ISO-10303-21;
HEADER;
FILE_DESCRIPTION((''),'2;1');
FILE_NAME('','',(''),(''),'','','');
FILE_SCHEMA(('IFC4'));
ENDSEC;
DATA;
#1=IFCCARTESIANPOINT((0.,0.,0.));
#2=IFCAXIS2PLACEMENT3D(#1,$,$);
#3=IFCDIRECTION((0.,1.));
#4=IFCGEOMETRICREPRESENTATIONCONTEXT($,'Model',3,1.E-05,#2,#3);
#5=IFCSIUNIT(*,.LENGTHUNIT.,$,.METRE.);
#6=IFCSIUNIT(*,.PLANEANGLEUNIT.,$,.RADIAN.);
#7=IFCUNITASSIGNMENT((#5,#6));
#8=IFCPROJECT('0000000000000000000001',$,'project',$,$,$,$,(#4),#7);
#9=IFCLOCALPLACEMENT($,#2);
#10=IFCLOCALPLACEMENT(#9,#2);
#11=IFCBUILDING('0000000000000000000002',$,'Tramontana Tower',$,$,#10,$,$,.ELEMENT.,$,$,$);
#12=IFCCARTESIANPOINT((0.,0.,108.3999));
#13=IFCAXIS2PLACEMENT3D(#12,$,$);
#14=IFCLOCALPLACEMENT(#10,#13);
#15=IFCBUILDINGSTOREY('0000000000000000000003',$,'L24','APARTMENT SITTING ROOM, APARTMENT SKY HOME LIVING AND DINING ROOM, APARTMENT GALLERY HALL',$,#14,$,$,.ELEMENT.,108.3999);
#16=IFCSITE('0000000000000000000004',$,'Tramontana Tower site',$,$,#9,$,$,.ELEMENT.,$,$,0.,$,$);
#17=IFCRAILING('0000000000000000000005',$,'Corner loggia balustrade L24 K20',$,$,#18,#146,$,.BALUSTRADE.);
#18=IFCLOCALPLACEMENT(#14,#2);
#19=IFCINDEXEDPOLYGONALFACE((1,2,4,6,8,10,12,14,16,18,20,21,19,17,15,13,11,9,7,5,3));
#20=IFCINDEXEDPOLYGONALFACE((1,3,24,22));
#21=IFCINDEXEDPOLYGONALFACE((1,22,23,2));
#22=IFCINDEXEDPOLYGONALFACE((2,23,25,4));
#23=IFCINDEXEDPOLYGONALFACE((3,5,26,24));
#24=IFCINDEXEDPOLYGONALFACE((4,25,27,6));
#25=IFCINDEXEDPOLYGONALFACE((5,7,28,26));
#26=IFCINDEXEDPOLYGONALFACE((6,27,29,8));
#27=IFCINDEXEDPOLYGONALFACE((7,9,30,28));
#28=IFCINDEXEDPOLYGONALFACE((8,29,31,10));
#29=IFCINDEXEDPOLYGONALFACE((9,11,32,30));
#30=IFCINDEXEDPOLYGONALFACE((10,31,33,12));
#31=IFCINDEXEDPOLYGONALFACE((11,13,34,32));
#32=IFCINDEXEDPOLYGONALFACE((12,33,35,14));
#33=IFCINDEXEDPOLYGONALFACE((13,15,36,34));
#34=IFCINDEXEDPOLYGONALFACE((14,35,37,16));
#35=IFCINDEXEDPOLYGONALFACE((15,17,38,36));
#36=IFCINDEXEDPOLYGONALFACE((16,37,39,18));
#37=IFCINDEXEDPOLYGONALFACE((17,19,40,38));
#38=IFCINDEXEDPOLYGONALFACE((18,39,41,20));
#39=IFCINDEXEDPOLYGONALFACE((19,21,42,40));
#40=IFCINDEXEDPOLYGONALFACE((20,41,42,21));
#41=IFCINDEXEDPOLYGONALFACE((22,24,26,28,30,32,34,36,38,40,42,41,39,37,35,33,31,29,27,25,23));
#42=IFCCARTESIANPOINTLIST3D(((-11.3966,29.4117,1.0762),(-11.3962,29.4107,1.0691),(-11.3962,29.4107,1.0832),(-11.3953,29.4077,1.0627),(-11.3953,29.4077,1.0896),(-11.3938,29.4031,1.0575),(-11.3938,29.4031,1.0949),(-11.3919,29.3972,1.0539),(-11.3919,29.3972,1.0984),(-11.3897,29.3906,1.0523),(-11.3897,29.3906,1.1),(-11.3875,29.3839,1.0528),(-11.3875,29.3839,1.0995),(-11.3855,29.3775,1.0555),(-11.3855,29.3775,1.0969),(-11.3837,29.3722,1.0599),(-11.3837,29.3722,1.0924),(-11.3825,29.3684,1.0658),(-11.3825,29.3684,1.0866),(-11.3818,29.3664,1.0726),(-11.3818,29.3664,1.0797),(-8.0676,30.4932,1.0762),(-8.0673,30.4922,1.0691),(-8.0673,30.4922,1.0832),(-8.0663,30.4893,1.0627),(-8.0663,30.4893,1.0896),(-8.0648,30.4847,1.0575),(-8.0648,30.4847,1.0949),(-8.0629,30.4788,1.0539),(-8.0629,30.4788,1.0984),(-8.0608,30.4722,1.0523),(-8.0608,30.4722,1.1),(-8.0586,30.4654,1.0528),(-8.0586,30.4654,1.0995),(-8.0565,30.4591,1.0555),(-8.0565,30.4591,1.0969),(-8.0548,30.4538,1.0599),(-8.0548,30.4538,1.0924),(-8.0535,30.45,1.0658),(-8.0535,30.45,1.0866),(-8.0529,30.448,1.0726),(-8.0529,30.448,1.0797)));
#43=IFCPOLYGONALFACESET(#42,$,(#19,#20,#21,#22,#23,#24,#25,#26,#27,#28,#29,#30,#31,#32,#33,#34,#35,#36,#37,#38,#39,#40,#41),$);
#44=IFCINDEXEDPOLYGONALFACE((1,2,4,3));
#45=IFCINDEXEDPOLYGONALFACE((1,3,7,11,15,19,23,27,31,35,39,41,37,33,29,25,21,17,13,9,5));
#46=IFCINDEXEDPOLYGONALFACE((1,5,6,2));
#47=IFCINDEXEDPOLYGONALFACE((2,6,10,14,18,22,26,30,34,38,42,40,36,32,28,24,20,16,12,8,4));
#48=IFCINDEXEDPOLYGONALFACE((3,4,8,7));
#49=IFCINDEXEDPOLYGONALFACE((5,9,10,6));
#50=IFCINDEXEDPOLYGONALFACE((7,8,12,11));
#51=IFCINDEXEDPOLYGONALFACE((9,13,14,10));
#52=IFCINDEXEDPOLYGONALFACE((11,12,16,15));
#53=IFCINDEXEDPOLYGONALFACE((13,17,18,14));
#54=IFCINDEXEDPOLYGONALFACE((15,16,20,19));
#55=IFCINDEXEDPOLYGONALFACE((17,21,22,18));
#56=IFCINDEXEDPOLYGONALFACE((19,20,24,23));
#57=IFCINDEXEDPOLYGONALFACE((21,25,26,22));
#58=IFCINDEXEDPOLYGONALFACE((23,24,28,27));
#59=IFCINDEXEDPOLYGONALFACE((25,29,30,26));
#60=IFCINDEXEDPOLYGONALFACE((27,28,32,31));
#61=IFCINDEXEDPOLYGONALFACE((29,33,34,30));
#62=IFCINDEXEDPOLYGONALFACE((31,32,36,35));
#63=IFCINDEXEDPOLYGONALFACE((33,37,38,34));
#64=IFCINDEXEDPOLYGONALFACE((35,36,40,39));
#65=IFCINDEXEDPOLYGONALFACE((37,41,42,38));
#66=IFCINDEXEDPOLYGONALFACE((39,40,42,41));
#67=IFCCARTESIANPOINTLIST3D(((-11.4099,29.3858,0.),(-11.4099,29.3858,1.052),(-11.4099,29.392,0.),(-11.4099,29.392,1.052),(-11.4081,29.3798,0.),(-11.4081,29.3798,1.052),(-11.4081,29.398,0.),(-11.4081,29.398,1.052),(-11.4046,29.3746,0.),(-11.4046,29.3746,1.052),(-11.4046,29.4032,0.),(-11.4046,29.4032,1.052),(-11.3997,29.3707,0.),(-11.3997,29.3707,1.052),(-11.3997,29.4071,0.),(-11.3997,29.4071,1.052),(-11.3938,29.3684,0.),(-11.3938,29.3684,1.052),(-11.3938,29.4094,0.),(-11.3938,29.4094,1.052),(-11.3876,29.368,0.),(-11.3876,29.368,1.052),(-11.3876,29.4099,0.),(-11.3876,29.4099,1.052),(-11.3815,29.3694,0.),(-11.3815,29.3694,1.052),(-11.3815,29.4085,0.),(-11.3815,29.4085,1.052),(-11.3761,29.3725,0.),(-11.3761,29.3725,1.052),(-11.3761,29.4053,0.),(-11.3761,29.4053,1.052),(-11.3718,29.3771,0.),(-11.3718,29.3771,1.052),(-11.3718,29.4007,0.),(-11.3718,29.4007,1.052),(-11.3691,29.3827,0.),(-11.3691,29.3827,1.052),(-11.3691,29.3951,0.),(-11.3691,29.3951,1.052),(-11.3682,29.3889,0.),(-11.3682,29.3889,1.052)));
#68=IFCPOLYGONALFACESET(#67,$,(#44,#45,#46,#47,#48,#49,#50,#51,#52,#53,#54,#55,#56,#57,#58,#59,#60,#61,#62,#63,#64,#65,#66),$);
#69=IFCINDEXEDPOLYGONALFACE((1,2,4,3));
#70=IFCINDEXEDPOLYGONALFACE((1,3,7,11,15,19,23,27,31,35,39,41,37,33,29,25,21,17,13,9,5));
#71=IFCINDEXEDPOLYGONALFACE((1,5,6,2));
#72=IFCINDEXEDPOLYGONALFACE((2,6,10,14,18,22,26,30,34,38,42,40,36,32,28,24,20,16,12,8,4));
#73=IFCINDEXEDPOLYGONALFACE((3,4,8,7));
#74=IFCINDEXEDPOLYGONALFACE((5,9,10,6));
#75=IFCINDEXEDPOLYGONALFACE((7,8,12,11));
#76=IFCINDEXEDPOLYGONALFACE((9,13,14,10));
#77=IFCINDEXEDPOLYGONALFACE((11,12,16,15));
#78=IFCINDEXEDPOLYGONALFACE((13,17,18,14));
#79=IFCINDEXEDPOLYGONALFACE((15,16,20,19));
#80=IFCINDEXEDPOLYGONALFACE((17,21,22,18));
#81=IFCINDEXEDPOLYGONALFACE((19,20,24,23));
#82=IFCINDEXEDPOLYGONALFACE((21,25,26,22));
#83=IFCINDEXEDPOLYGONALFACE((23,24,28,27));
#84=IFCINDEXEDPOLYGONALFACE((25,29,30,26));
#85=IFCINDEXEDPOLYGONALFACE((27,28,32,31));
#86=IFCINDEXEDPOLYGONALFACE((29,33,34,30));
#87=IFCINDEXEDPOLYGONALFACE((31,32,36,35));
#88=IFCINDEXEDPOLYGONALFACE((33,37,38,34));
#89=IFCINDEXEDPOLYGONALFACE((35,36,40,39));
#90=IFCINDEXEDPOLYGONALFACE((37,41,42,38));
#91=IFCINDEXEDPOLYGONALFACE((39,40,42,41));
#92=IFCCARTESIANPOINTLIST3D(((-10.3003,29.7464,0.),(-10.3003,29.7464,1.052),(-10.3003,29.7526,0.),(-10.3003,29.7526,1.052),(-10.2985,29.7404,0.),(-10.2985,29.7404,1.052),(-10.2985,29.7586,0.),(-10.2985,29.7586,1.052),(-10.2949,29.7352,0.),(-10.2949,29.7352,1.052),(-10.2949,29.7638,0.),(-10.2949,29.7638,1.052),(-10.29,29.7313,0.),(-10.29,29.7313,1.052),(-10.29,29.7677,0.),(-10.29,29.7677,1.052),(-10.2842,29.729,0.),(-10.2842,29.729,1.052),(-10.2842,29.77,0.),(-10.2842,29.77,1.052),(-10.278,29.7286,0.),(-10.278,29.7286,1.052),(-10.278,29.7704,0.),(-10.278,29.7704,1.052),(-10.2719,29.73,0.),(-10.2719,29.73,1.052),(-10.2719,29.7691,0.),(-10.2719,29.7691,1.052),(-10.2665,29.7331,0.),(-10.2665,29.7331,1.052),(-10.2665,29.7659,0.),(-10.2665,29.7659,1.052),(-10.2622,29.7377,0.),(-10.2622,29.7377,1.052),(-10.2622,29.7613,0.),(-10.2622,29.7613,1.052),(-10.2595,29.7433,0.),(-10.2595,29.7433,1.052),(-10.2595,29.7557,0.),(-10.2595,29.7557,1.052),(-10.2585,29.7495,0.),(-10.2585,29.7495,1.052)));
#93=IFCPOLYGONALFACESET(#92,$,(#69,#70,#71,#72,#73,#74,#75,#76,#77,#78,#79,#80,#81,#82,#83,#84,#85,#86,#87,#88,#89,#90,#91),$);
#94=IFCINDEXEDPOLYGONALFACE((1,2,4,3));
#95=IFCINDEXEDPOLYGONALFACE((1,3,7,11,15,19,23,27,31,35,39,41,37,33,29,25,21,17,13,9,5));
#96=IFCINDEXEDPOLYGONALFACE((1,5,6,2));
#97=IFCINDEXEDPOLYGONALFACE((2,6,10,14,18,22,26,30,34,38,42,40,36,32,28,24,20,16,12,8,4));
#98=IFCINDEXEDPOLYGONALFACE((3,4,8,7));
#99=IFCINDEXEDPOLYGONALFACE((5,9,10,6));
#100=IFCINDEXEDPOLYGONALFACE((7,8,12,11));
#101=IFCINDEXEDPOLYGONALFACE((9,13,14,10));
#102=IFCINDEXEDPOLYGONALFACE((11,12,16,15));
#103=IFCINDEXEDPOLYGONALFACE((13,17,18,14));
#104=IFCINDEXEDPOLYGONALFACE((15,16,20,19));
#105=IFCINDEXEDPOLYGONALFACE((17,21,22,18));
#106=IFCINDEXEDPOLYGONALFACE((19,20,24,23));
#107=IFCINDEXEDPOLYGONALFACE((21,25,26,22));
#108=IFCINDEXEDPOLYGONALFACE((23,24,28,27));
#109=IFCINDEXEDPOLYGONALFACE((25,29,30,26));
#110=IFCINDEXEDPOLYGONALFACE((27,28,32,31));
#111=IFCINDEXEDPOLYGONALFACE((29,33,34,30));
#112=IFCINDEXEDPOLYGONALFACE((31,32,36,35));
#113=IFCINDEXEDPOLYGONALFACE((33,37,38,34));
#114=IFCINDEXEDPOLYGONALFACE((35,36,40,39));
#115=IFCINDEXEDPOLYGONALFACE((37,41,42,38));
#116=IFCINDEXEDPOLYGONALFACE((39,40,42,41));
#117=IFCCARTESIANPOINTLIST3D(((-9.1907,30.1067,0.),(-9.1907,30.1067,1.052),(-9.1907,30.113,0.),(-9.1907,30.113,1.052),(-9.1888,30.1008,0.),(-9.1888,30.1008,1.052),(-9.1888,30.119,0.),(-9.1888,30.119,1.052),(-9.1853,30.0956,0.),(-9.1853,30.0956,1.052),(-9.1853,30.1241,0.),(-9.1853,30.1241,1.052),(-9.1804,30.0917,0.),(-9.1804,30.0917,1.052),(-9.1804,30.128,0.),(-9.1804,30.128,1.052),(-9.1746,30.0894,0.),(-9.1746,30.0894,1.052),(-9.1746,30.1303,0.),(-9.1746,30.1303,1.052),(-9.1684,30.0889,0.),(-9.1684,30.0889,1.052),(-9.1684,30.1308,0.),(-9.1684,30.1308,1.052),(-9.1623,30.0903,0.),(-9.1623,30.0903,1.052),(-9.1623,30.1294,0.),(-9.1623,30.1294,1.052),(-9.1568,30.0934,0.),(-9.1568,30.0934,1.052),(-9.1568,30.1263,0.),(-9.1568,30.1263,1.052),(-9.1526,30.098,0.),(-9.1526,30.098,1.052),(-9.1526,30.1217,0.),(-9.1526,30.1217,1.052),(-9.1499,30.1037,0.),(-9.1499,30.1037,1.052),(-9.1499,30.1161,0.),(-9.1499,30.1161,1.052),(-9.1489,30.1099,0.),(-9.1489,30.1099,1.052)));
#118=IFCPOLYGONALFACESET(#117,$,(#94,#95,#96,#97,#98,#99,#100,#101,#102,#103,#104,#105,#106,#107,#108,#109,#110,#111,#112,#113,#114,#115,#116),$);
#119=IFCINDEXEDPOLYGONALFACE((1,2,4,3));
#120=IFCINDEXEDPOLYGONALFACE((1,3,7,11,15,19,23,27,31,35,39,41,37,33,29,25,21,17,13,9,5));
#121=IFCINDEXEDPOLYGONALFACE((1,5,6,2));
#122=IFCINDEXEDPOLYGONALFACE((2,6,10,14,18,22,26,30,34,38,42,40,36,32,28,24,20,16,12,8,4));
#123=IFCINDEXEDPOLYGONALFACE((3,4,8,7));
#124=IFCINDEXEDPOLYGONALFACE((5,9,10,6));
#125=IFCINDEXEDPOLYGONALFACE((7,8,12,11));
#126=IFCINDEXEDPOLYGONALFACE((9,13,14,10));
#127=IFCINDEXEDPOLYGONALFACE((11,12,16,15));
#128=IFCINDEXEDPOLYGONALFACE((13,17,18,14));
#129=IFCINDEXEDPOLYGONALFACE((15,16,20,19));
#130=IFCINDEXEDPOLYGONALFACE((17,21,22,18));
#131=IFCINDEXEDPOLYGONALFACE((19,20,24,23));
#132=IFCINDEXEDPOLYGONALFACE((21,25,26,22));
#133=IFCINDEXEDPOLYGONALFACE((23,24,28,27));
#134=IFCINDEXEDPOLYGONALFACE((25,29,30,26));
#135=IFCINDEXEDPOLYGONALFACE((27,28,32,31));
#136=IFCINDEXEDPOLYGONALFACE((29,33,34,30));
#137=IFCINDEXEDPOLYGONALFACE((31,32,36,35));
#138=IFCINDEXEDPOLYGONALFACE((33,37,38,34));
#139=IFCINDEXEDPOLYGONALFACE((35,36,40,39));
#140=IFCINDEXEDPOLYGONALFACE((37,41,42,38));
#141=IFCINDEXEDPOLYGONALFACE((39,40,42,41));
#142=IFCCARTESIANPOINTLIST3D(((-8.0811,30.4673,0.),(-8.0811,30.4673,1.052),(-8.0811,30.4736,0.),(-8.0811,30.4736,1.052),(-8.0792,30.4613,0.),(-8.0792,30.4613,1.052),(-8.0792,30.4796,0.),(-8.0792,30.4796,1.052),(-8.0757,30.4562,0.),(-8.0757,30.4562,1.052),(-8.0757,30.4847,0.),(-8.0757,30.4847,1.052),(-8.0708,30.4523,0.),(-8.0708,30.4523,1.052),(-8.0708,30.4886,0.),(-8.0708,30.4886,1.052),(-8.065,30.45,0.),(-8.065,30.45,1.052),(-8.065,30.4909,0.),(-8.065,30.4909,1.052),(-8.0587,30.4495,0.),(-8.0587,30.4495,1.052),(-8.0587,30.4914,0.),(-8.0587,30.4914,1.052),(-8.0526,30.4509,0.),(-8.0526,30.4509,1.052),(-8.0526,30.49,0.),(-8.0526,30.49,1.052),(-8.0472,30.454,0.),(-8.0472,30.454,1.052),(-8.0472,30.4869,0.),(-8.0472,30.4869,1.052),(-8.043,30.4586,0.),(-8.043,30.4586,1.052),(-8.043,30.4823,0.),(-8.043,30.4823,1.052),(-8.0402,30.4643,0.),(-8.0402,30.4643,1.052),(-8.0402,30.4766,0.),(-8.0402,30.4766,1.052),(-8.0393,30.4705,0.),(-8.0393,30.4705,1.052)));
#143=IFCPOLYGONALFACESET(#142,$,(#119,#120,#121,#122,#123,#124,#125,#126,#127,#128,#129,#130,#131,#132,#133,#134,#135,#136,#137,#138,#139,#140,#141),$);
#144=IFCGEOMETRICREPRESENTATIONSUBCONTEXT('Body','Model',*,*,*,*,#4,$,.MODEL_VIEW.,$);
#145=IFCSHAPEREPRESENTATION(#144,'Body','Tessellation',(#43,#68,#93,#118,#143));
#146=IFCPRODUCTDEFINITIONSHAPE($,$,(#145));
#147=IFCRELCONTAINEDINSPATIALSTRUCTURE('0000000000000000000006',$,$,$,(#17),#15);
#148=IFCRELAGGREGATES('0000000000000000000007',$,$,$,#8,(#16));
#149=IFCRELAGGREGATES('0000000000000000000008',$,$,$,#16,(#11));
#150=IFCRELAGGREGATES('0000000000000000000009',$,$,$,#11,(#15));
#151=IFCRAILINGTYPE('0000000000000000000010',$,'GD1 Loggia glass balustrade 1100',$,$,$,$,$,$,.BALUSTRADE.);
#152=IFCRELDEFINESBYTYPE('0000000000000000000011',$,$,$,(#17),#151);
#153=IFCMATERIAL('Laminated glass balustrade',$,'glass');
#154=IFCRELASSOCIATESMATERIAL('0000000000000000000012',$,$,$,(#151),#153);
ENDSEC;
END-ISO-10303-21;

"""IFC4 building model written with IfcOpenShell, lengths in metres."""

from ifc_helpers import new_model, si_unit, direction, frame, origin, origin_2d, place, context, subcontext, project, spatial, circle, extrude, material, type_object, element, save


model = new_model("IFC4")

# Units and contexts
model_context = context("Model", 3, precision=1e-05, world=origin(), true_north=direction((0.0, 1.0)))
body_context = subcontext(model_context, "Body", "Model", "MODEL_VIEW")
ifc_project = project(units=[si_unit("LENGTHUNIT", "METRE"), si_unit("PLANEANGLEUNIT", "RADIAN")], contexts=[model_context])

# Site, building, storey
site_placement = place(None, origin())
site = spatial("IfcSite", under=ifc_project, at=site_placement, Name="Tramontana Tower site", CompositionType="ELEMENT", RefElevation=0.0)
building_placement = place(site_placement, origin())
building = spatial("IfcBuilding", under=site, at=building_placement, Name="Tramontana Tower", CompositionType="ELEMENT")
storey_placement = place(building_placement, frame((0.0, 0.0, 108.3999)))
storey = spatial("IfcBuildingStorey", under=building, at=storey_placement, Name="L24", Description="APARTMENT SITTING ROOM, APARTMENT SKY HOME LIVING AND DINING ROOM, APARTMENT GALLERY HALL", CompositionType="ELEMENT", Elevation=108.3999)

# Railing
ifc_material_1 = material(Name="Laminated glass balustrade", Category="glass")
railing_type = type_object("IfcRailingType", Name="GD1 Loggia glass balustrade 1100", PredefinedType="BALUSTRADE", material=ifc_material_1)
railing_1_placement = place(storey_placement, frame((-11.3892, 29.3889, 0.0)))
element("IfcRailing", 1, at=railing_1_placement, inside=storey, type_object=railing_type, Name="Corner loggia balustrade L24 K20", PredefinedType="BALUSTRADE", context=body_context, shape_type="SweptSolid", body=[
    extrude(circle(Radius=0.0239, at=origin_2d()), frame((0.0, 0.0, 1.0762), z_axis=(0.951062, 0.308999, 0.0), x_axis=(-0.308999, 0.951062, 0.0)), (0.0, 0.0, 1.0), 3.5002),
    extrude(circle(Radius=0.021, at=origin_2d()), origin(), (0.0, 0.0, 1.0), 1.052),
    extrude(circle(Radius=0.021, at=origin_2d()), frame((1.1096, 0.3606, 0.0)), (0.0, 0.0, 1.0), 1.052),
    extrude(circle(Radius=0.021, at=origin_2d()), frame((2.2192, 0.7209, 0.0)), (0.0, 0.0, 1.0), 1.052),
    extrude(circle(Radius=0.021, at=origin_2d()), frame((3.3289, 1.0815, 0.0)), (0.0, 0.0, 1.0), 1.052),
])

save(model, "model.ifc")
